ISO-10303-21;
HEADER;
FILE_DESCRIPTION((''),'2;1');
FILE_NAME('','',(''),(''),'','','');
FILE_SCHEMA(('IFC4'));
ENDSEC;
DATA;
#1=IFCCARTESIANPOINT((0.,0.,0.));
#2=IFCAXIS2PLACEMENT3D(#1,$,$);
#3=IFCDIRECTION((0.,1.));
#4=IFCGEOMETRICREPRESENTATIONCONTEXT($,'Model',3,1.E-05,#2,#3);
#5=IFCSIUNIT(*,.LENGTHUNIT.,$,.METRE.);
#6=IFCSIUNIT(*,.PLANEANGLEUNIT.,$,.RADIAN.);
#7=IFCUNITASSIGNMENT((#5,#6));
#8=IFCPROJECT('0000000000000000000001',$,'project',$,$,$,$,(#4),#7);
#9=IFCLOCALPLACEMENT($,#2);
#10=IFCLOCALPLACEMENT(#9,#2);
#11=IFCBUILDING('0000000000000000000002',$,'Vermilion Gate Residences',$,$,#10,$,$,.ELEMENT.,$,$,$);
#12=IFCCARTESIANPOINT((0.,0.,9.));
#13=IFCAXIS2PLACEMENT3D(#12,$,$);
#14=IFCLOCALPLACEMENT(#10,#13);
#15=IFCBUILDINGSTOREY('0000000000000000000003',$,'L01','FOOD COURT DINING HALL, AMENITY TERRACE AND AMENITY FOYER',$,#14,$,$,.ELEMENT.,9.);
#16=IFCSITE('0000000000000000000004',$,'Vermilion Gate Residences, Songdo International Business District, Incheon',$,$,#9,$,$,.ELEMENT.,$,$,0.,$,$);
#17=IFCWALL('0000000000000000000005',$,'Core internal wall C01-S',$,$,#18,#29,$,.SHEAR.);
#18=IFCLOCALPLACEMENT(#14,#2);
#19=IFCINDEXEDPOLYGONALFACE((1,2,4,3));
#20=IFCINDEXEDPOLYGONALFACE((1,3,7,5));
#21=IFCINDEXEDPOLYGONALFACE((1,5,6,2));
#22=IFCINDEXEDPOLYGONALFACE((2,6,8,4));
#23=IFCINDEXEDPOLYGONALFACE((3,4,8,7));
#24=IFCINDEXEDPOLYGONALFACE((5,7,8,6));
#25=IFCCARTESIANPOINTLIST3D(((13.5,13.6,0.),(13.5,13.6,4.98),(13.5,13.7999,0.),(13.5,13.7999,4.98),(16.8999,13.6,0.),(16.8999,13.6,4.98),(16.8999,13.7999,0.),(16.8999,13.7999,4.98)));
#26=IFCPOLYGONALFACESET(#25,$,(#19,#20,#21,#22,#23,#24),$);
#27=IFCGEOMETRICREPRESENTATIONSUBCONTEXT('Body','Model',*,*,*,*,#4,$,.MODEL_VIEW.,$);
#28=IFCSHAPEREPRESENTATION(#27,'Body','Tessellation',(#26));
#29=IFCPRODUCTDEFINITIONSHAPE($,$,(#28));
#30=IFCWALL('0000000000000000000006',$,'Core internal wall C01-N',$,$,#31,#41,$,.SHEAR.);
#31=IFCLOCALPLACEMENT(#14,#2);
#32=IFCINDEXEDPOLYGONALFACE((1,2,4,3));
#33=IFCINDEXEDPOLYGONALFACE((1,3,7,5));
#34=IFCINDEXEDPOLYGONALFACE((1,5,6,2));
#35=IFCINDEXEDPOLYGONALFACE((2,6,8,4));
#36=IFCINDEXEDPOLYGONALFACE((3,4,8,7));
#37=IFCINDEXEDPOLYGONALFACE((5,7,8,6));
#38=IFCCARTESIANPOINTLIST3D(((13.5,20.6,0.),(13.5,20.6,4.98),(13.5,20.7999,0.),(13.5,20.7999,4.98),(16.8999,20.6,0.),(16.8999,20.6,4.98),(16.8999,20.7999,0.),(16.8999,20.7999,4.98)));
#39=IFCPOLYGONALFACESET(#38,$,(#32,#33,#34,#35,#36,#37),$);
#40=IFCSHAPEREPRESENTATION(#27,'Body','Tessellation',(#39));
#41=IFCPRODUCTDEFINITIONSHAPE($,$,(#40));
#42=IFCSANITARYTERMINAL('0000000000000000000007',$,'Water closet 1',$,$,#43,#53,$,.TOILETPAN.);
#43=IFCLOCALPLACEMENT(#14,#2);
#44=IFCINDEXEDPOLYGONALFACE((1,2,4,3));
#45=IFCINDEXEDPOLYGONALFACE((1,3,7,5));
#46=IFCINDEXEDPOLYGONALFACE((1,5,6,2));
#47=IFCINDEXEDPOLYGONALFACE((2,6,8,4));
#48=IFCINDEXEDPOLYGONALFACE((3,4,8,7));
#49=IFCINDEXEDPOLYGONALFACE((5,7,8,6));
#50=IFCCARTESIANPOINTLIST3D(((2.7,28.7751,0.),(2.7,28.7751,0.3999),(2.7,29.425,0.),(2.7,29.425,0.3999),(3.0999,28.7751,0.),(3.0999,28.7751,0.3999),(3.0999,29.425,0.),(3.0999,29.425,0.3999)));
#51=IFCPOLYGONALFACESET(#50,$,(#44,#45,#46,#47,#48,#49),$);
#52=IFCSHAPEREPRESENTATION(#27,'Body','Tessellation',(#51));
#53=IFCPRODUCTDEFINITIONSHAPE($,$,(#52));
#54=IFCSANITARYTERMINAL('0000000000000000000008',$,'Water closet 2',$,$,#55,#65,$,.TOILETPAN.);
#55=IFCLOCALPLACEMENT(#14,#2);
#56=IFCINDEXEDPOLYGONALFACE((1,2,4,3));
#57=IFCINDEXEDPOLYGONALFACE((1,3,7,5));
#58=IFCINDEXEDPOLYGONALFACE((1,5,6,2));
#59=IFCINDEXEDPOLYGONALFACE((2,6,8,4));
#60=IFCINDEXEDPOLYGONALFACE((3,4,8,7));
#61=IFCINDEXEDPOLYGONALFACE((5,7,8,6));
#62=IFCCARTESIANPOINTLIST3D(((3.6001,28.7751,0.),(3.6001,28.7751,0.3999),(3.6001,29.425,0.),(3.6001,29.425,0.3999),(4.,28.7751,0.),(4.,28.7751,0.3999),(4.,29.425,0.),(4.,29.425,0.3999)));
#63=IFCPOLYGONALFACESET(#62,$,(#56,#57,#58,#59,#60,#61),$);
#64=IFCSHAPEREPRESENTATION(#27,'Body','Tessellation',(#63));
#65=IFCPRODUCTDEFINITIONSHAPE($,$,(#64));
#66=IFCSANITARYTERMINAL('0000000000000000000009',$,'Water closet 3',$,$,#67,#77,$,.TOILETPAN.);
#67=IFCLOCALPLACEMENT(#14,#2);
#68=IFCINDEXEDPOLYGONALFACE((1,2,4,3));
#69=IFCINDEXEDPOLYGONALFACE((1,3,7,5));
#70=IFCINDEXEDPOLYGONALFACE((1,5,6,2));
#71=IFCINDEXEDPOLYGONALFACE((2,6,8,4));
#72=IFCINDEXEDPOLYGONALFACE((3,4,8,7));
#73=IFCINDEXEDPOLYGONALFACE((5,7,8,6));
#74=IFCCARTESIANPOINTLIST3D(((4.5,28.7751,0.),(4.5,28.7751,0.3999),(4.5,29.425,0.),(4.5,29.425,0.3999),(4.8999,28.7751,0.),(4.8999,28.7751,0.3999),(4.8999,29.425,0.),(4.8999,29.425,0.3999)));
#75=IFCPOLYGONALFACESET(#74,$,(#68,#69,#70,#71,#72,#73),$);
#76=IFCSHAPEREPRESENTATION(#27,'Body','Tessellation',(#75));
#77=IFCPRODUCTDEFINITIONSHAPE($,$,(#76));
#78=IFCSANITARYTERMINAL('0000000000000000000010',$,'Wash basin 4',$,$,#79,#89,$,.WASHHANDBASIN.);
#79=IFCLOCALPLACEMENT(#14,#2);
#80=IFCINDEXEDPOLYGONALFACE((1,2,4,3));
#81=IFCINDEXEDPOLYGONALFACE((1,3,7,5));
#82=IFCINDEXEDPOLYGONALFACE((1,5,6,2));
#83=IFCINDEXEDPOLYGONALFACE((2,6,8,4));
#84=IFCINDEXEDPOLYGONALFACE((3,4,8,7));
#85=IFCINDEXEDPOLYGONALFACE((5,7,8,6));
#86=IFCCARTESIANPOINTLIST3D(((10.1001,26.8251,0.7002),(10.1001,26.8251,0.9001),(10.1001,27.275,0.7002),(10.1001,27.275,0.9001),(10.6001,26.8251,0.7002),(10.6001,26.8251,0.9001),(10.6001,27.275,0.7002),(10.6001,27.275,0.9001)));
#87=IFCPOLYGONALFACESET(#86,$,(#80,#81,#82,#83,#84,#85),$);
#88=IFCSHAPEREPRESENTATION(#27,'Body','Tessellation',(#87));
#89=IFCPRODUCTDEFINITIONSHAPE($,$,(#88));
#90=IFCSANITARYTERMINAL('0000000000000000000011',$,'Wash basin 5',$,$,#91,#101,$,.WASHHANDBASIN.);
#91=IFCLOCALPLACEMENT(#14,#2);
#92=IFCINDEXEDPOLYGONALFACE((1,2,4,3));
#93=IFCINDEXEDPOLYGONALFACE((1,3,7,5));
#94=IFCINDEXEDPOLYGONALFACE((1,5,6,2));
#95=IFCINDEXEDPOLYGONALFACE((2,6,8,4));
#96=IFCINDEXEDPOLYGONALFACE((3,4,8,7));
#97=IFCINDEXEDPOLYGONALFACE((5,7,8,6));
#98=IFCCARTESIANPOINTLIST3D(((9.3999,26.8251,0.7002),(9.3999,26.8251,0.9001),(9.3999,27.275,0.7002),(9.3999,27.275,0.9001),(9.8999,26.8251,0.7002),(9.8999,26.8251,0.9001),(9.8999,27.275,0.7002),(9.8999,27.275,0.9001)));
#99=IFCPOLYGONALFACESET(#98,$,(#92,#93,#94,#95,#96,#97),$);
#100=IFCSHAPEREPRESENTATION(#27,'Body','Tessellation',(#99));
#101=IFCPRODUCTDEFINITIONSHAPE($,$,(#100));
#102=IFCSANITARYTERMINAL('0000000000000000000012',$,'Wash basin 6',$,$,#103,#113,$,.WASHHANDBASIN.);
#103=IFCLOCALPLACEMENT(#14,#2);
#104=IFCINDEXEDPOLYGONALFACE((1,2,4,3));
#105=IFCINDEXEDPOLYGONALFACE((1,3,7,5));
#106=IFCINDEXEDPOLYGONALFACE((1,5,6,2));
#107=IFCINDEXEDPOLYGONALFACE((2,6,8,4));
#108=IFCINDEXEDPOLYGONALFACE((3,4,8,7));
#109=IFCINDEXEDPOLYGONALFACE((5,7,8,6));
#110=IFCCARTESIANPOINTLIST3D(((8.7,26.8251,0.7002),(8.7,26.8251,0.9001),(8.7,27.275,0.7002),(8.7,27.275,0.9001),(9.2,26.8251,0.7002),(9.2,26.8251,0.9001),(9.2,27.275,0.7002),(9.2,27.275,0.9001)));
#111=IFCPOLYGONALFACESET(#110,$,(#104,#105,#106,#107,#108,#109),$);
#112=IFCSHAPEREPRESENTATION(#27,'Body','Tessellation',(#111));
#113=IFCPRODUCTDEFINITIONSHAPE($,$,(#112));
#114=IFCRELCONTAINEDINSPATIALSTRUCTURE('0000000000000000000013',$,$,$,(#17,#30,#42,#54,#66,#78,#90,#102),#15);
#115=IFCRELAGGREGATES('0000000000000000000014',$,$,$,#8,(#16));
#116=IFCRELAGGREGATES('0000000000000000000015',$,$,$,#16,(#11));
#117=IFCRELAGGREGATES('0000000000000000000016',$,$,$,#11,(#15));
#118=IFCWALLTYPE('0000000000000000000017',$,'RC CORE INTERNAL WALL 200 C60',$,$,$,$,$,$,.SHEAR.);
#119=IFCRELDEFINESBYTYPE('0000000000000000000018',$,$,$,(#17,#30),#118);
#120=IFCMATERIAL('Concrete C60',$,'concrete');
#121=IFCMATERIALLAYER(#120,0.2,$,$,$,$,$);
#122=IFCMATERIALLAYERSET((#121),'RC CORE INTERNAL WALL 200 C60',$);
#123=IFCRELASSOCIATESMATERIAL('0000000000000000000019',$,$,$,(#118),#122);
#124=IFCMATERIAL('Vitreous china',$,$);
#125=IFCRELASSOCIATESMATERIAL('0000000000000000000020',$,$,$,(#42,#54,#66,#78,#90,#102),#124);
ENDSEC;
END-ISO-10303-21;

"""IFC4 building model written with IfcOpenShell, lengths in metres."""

from ifc_helpers import new_model, si_unit, direction, frame, frame_2d, origin, origin_2d, place, context, subcontext, project, spatial, rectangle, extrude, material, layer, layer_set, type_object, element, save


model = new_model("IFC4")

# Units and contexts
model_context = context("Model", 3, precision=1e-05, world=origin(), true_north=direction((0.0, 1.0)))
body_context = subcontext(model_context, "Body", "Model", "MODEL_VIEW")
ifc_project = project(units=[si_unit("LENGTHUNIT", "METRE"), si_unit("PLANEANGLEUNIT", "RADIAN")], contexts=[model_context])

# Site, building, storey
site_placement = place(None, origin())
site = spatial("IfcSite", under=ifc_project, at=site_placement, Name="Vermilion Gate Residences, Songdo International Business District, Incheon", CompositionType="ELEMENT", RefElevation=0.0)
building_placement = place(site_placement, origin())
building = spatial("IfcBuilding", under=site, at=building_placement, Name="Vermilion Gate Residences", CompositionType="ELEMENT")
storey_placement = place(building_placement, frame((0.0, 0.0, 9.0)))
storey = spatial("IfcBuildingStorey", under=building, at=storey_placement, Name="L01", Description="FOOD COURT DINING HALL, AMENITY TERRACE AND AMENITY FOYER", CompositionType="ELEMENT", Elevation=9.0)

# Walls
ifc_material_1 = material(Name="Concrete C60", Category="concrete")
ifc_layer_1 = layer(ifc_material_1, 0.2)
ifc_layer_set_1 = layer_set([ifc_layer_1], Name="RC CORE INTERNAL WALL 200 C60")
wall_type_1 = type_object("IfcWallType", Name="RC CORE INTERNAL WALL 200 C60", PredefinedType="SHEAR", material=ifc_layer_set_1)
for number, where, z_axis, x_axis, name in (
    (1, (13.5, 13.7, 0.0), (0.0, 0.0, 1.0), (1.0, 0.0, 0.0), "Core internal wall C01-S"),
    (2, (13.5, 20.7, 0.0), (0.0, 0.0, 1.0), (1.0, 0.0, 0.0), "Core internal wall C01-N"),
):
    element("IfcWall", number, at=place(storey_placement, frame(where, z_axis=z_axis, x_axis=x_axis)), inside=storey, type_object=wall_type_1, Name=name, PredefinedType="SHEAR", context=body_context, shape_type="SweptSolid", body=[
        extrude(rectangle(XDim=3.3999, YDim=0.2, at=frame_2d((1.7, 0.0))), origin(), (0.0, 0.0, 1.0), 4.98),
    ])

# Sanitary terminals
ifc_material_2 = material(Name="Vitreous china")
for number, where, z_axis, x_axis, name in (
    (3, (2.8999, 29.1001, 0.0), (0.0, 0.0, 1.0), (1.0, 0.0, 0.0), "Water closet 1"),
    (4, (3.8, 29.1001, 0.0), (0.0, 0.0, 1.0), (1.0, 0.0, 0.0), "Water closet 2"),
    (5, (4.7, 29.1001, 0.0), (0.0, 0.0, 1.0), (1.0, 0.0, 0.0), "Water closet 3"),
):
    element("IfcSanitaryTerminal", number, at=place(storey_placement, frame(where, z_axis=z_axis, x_axis=x_axis)), inside=storey, material=ifc_material_2, Name=name, PredefinedType="TOILETPAN", context=body_context, shape_type="SweptSolid", body=[
        extrude(rectangle(XDim=0.3999, YDim=0.6499, at=origin_2d()), origin(), (0.0, 0.0, 1.0), 0.3999),
    ])
for number, where, z_axis, x_axis, name in (
    (6, (10.3501, 27.05, 0.7002), (0.0, 0.0, 1.0), (1.0, 0.0, 0.0), "Wash basin 4"),
    (7, (9.6499, 27.05, 0.7002), (0.0, 0.0, 1.0), (1.0, 0.0, 0.0), "Wash basin 5"),
    (8, (8.95, 27.05, 0.7002), (0.0, 0.0, 1.0), (1.0, 0.0, 0.0), "Wash basin 6"),
):
    element("IfcSanitaryTerminal", number, at=place(storey_placement, frame(where, z_axis=z_axis, x_axis=x_axis)), inside=storey, material=ifc_material_2, Name=name, PredefinedType="WASHHANDBASIN", context=body_context, shape_type="SweptSolid", body=[
        extrude(rectangle(XDim=0.5, YDim=0.45, at=origin_2d()), origin(), (0.0, 0.0, 1.0), 0.2),
    ])

save(model, "model.ifc")
